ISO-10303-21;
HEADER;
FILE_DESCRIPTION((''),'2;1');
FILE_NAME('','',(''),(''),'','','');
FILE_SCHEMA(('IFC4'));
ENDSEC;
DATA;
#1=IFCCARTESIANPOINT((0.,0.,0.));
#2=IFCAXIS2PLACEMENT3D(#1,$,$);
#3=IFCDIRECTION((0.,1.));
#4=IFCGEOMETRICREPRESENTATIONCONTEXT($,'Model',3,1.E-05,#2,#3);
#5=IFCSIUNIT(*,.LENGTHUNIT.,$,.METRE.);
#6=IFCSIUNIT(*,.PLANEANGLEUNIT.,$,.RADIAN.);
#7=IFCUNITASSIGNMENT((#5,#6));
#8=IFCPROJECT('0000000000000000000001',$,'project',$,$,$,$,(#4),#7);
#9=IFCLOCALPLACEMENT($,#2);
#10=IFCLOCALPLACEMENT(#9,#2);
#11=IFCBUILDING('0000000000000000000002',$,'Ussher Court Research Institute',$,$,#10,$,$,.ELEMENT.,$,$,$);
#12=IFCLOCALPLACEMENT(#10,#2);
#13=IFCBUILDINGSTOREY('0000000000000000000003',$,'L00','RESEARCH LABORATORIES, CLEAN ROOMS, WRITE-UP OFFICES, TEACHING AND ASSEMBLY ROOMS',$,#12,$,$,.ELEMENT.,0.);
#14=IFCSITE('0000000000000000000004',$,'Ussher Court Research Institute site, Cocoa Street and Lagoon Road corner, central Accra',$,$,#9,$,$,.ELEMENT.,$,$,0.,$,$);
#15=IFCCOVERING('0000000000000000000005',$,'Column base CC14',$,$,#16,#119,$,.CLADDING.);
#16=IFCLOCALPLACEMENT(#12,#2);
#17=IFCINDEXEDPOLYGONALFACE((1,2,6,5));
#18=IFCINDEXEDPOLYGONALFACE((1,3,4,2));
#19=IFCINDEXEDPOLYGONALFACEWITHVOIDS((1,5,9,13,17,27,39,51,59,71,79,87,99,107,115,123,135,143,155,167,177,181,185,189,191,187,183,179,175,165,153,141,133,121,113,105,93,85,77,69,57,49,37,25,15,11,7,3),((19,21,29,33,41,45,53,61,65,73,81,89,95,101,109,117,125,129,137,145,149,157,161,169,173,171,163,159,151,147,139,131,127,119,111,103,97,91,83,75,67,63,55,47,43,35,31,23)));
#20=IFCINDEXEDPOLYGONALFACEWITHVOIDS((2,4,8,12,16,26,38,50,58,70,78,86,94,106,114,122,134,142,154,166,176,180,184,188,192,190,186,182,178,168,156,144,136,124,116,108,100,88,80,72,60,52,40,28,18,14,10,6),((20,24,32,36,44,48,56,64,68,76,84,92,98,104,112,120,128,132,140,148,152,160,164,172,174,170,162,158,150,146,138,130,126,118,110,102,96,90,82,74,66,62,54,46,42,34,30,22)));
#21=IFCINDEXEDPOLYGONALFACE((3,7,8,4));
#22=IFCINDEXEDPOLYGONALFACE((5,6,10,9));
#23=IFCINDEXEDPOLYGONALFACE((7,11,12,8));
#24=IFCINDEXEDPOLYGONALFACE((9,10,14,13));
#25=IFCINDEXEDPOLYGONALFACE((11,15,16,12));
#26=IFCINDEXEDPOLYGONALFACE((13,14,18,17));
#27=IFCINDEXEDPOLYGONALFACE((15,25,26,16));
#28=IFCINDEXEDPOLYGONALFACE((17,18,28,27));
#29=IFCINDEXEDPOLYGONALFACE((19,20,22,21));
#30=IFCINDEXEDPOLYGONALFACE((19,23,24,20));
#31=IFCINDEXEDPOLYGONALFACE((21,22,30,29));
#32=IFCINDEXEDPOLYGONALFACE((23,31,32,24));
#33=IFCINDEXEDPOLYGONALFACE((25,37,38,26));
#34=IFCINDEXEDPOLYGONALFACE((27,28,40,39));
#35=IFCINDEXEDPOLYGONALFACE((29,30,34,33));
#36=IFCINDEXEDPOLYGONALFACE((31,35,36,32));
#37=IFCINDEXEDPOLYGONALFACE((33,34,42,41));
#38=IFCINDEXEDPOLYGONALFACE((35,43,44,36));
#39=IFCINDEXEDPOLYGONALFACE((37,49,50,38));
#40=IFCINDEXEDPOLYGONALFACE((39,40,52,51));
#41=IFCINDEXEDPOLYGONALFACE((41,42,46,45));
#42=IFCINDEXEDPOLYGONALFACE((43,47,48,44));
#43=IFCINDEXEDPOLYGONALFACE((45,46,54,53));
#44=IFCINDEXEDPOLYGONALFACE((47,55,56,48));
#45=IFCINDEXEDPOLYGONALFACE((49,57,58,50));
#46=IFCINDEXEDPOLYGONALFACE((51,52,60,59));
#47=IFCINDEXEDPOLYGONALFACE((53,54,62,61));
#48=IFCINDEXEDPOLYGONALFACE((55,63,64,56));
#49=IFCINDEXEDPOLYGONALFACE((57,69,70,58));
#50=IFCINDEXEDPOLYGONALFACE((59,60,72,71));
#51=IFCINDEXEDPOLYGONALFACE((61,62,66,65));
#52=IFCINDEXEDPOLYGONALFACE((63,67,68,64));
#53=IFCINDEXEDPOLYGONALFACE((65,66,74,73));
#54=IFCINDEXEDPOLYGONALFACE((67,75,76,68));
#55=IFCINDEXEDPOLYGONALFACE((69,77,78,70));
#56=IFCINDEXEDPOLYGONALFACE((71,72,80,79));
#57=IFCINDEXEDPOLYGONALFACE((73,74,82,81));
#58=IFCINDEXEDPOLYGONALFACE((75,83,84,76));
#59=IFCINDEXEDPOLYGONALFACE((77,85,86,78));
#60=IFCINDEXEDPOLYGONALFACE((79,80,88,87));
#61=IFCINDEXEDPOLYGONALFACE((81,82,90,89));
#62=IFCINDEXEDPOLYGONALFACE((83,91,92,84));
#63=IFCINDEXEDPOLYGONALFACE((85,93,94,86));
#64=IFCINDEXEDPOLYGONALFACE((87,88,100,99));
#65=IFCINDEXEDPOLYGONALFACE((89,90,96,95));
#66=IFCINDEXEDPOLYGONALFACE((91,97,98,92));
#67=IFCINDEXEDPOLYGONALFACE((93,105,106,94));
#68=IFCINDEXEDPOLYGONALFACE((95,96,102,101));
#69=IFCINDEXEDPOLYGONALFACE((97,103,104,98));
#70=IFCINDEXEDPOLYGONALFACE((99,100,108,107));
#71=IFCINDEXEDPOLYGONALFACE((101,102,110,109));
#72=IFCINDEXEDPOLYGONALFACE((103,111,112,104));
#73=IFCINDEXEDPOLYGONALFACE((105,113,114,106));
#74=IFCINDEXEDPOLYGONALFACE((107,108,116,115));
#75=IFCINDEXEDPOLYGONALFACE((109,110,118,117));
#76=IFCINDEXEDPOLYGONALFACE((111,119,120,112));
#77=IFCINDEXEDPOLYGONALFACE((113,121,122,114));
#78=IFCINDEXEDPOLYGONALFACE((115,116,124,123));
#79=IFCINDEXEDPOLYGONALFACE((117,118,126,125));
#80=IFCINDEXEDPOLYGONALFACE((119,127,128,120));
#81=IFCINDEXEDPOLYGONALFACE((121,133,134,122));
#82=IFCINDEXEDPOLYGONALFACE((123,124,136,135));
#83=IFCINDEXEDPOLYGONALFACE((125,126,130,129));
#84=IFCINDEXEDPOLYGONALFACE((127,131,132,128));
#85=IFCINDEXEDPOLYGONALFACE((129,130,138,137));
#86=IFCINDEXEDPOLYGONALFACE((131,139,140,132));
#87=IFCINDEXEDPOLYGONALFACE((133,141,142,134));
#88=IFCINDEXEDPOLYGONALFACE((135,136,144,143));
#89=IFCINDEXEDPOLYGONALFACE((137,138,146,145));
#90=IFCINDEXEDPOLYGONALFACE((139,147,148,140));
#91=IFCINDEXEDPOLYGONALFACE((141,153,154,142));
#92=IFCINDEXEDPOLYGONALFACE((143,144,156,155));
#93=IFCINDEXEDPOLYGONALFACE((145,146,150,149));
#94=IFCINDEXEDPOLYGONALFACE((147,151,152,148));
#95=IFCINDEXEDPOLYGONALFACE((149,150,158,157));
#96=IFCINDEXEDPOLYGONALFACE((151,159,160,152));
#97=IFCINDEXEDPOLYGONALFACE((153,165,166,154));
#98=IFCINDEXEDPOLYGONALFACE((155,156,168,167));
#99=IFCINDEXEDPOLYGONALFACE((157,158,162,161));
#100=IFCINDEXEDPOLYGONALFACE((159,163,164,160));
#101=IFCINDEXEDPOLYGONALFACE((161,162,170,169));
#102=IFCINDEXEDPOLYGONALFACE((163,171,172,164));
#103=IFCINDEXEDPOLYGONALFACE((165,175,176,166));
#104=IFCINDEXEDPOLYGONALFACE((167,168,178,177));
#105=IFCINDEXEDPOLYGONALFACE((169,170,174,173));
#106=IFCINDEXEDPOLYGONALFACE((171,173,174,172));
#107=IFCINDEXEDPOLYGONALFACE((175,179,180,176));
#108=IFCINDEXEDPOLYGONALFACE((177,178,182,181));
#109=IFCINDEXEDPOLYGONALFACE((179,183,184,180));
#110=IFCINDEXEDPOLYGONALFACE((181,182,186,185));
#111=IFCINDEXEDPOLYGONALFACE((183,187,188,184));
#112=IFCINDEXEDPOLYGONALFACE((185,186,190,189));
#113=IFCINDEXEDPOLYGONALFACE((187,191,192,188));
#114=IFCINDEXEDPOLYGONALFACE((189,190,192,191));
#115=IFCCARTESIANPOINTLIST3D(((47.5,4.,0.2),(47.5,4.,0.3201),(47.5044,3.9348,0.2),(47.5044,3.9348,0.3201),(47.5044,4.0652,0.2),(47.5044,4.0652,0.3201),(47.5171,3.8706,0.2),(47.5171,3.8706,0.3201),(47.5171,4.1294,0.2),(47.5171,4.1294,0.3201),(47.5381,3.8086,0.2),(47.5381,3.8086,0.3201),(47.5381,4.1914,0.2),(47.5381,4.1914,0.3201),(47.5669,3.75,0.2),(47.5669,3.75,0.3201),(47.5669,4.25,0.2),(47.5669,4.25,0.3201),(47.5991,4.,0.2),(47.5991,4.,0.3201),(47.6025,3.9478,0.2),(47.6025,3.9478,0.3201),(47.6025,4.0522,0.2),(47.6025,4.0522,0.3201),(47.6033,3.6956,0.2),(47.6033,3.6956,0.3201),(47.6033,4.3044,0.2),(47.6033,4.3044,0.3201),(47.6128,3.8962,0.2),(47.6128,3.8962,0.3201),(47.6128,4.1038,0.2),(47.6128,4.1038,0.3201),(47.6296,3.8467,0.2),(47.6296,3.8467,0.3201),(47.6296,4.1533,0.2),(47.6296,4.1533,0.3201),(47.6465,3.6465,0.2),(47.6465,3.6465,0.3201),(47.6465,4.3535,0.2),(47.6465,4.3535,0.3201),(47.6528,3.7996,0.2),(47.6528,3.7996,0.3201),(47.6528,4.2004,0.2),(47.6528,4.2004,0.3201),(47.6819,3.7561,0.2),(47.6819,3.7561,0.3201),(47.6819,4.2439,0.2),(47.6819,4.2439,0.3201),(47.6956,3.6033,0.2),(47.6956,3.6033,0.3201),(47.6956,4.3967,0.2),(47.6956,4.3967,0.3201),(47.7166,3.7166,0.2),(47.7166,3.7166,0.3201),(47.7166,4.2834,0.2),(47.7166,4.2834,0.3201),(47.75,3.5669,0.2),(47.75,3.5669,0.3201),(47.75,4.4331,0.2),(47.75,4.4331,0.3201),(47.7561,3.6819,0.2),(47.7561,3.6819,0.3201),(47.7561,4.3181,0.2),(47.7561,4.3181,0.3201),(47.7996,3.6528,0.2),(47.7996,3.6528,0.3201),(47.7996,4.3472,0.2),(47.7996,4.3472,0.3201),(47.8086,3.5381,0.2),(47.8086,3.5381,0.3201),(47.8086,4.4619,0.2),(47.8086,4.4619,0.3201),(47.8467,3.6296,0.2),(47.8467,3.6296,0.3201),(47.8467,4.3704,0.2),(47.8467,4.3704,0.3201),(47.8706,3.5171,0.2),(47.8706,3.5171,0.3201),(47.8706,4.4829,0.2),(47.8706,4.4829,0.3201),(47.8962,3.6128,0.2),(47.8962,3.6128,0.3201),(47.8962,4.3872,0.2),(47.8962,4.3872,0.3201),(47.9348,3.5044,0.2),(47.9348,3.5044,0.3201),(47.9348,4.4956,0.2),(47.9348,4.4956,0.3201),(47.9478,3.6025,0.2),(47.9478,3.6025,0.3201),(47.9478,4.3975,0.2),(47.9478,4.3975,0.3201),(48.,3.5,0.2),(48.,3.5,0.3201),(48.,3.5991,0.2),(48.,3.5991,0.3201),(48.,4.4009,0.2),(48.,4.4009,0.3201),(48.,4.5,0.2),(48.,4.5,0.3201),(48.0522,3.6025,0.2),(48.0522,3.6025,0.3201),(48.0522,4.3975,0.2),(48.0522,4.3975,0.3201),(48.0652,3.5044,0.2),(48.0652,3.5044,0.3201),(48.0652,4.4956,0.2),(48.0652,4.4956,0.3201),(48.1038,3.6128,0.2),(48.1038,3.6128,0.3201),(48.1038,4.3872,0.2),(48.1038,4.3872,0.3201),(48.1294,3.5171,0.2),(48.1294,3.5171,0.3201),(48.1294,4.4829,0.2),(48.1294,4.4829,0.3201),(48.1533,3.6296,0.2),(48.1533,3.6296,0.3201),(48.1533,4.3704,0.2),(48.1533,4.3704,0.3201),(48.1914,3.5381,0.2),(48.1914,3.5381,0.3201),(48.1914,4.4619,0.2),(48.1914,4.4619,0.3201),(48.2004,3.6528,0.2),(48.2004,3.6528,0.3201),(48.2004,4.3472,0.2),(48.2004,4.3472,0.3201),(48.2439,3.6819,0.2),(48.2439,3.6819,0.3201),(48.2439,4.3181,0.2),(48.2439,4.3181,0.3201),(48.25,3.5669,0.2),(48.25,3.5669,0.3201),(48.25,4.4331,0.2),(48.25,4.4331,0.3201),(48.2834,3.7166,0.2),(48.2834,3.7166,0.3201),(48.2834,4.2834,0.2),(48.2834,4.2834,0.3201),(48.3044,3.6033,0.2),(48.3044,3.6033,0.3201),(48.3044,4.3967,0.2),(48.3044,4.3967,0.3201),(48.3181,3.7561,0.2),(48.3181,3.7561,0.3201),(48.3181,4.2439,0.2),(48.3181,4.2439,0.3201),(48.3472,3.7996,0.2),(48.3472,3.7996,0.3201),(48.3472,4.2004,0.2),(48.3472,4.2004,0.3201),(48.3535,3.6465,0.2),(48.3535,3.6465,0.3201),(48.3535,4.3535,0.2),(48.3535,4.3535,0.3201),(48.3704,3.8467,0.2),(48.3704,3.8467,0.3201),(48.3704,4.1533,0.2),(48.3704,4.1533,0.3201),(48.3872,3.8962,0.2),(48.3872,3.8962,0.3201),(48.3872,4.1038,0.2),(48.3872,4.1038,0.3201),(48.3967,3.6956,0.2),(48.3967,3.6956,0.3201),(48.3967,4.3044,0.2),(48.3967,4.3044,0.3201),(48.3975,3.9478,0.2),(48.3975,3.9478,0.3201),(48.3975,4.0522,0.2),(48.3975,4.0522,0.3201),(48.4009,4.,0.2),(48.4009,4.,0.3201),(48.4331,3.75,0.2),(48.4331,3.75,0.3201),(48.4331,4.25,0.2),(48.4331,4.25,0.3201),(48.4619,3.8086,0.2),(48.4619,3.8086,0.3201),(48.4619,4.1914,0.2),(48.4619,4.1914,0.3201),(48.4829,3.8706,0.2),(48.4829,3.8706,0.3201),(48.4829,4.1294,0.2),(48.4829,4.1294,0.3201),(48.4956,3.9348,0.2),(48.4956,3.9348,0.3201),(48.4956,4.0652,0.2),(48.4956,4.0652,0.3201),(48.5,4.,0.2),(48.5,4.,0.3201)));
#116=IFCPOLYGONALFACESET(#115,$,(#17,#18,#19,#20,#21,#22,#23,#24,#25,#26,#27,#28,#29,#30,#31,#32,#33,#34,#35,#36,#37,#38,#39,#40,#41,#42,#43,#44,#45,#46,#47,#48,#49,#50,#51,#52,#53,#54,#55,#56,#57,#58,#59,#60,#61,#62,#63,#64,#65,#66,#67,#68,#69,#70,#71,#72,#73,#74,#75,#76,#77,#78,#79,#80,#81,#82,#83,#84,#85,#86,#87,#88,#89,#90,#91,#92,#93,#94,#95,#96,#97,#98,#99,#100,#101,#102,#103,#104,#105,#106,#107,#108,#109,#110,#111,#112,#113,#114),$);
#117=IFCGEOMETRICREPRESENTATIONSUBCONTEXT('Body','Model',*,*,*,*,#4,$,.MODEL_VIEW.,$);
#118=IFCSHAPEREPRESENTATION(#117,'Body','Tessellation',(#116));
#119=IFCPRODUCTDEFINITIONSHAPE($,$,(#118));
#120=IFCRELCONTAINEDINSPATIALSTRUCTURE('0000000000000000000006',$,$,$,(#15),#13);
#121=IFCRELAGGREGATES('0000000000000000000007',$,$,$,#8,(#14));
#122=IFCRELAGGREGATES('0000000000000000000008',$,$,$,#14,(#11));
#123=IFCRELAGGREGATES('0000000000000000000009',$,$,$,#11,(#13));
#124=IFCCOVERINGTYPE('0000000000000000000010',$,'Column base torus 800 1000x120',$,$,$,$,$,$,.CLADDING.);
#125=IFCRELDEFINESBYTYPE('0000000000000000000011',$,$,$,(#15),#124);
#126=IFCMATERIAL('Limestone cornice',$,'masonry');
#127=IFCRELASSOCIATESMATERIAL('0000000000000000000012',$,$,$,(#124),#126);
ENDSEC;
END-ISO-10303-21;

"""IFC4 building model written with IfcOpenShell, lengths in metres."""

from ifc_helpers import new_model, si_unit, direction, frame, origin, place, context, subcontext, project, spatial, polyline, outline, extrude, material, type_object, element, save


model = new_model("IFC4")

# Units and contexts
model_context = context("Model", 3, precision=1e-05, world=origin(), true_north=direction((0.0, 1.0)))
body_context = subcontext(model_context, "Body", "Model", "MODEL_VIEW")
ifc_project = project(units=[si_unit("LENGTHUNIT", "METRE"), si_unit("PLANEANGLEUNIT", "RADIAN")], contexts=[model_context])

# Site, building, storey
site_placement = place(None, origin())
site = spatial("IfcSite", under=ifc_project, at=site_placement, Name="Ussher Court Research Institute site, Cocoa Street and Lagoon Road corner, central Accra", CompositionType="ELEMENT", RefElevation=0.0)
building_placement = place(site_placement, origin())
building = spatial("IfcBuilding", under=site, at=building_placement, Name="Ussher Court Research Institute", CompositionType="ELEMENT")
storey_placement = place(building_placement, origin())
storey = spatial("IfcBuildingStorey", under=building, at=storey_placement, Name="L00", Description="RESEARCH LABORATORIES, CLEAN ROOMS, WRITE-UP OFFICES, TEACHING AND ASSEMBLY ROOMS", CompositionType="ELEMENT", Elevation=0.0)

# Covering
ifc_material_1 = material(Name="Limestone cornice", Category="masonry")
covering_type_1 = type_object("IfcCoveringType", Name="Column base torus 800 1000x120", PredefinedType="CLADDING", material=ifc_material_1)
covering_1_placement = place(storey_placement, frame((0.0, 0.0, 0.2)))
element("IfcCovering", 1, at=covering_1_placement, inside=storey, type_object=covering_type_1, Name="Column base CC14", PredefinedType="CLADDING", context=body_context, shape_type="SweptSolid", body=[
    extrude(outline(polyline([(48.5, 4.0), (48.4956, 4.0652), (48.4829, 4.1294), (48.4619, 4.1914), (48.4331, 4.25), (48.3967, 4.3044), (48.3535, 4.3535), (48.3044, 4.3967), (48.25, 4.4331), (48.1914, 4.4619), (48.1294, 4.4829), (48.0652, 4.4956), (48.0, 4.5), (47.9348, 4.4956), (47.8706, 4.4829), (47.8086, 4.4619), (47.75, 4.4331), (47.6956, 4.3967), (47.6465, 4.3535), (47.6033, 4.3044), (47.5669, 4.25), (47.5381, 4.1914), (47.5171, 4.1294), (47.5044, 4.0652), (47.5, 4.0), (47.5044, 3.9348), (47.5171, 3.8706), (47.5381, 3.8086), (47.5669, 3.75), (47.6033, 3.6956), (47.6465, 3.6465), (47.6956, 3.6033), (47.75, 3.5669), (47.8086, 3.5381), (47.8706, 3.5171), (47.9348, 3.5044), (48.0, 3.5), (48.0652, 3.5044), (48.1294, 3.5171), (48.1914, 3.5381), (48.25, 3.5669), (48.3044, 3.6033), (48.3535, 3.6465), (48.3967, 3.6956), (48.4331, 3.75), (48.4619, 3.8086), (48.4829, 3.8706), (48.4956, 3.9348), (48.5, 4.0)]), holes=[polyline([(48.4009, 4.0), (48.3975, 4.0522), (48.3872, 4.1038), (48.3704, 4.1533), (48.3472, 4.2004), (48.3181, 4.2439), (48.2834, 4.2834), (48.2439, 4.3181), (48.2004, 4.3472), (48.1533, 4.3704), (48.1038, 4.3872), (48.0522, 4.3975), (48.0, 4.4009), (47.9478, 4.3975), (47.8962, 4.3872), (47.8467, 4.3704), (47.7996, 4.3472), (47.7561, 4.3181), (47.7166, 4.2834), (47.6819, 4.2439), (47.6528, 4.2004), (47.6296, 4.1533), (47.6128, 4.1038), (47.6025, 4.0522), (47.5991, 4.0), (47.6025, 3.9478), (47.6128, 3.8962), (47.6296, 3.8467), (47.6528, 3.7996), (47.6819, 3.7561), (47.7166, 3.7166), (47.7561, 3.6819), (47.7996, 3.6528), (47.8467, 3.6296), (47.8962, 3.6128), (47.9478, 3.6025), (48.0, 3.5991), (48.0522, 3.6025), (48.1038, 3.6128), (48.1533, 3.6296), (48.2004, 3.6528), (48.2439, 3.6819), (48.2834, 3.7166), (48.3181, 3.7561), (48.3472, 3.7996), (48.3704, 3.8467), (48.3872, 3.8962), (48.3975, 3.9478), (48.4009, 4.0)])]), origin(), (0.0, 0.0, 1.0), 0.1201),
])

save(model, "model.ifc")
